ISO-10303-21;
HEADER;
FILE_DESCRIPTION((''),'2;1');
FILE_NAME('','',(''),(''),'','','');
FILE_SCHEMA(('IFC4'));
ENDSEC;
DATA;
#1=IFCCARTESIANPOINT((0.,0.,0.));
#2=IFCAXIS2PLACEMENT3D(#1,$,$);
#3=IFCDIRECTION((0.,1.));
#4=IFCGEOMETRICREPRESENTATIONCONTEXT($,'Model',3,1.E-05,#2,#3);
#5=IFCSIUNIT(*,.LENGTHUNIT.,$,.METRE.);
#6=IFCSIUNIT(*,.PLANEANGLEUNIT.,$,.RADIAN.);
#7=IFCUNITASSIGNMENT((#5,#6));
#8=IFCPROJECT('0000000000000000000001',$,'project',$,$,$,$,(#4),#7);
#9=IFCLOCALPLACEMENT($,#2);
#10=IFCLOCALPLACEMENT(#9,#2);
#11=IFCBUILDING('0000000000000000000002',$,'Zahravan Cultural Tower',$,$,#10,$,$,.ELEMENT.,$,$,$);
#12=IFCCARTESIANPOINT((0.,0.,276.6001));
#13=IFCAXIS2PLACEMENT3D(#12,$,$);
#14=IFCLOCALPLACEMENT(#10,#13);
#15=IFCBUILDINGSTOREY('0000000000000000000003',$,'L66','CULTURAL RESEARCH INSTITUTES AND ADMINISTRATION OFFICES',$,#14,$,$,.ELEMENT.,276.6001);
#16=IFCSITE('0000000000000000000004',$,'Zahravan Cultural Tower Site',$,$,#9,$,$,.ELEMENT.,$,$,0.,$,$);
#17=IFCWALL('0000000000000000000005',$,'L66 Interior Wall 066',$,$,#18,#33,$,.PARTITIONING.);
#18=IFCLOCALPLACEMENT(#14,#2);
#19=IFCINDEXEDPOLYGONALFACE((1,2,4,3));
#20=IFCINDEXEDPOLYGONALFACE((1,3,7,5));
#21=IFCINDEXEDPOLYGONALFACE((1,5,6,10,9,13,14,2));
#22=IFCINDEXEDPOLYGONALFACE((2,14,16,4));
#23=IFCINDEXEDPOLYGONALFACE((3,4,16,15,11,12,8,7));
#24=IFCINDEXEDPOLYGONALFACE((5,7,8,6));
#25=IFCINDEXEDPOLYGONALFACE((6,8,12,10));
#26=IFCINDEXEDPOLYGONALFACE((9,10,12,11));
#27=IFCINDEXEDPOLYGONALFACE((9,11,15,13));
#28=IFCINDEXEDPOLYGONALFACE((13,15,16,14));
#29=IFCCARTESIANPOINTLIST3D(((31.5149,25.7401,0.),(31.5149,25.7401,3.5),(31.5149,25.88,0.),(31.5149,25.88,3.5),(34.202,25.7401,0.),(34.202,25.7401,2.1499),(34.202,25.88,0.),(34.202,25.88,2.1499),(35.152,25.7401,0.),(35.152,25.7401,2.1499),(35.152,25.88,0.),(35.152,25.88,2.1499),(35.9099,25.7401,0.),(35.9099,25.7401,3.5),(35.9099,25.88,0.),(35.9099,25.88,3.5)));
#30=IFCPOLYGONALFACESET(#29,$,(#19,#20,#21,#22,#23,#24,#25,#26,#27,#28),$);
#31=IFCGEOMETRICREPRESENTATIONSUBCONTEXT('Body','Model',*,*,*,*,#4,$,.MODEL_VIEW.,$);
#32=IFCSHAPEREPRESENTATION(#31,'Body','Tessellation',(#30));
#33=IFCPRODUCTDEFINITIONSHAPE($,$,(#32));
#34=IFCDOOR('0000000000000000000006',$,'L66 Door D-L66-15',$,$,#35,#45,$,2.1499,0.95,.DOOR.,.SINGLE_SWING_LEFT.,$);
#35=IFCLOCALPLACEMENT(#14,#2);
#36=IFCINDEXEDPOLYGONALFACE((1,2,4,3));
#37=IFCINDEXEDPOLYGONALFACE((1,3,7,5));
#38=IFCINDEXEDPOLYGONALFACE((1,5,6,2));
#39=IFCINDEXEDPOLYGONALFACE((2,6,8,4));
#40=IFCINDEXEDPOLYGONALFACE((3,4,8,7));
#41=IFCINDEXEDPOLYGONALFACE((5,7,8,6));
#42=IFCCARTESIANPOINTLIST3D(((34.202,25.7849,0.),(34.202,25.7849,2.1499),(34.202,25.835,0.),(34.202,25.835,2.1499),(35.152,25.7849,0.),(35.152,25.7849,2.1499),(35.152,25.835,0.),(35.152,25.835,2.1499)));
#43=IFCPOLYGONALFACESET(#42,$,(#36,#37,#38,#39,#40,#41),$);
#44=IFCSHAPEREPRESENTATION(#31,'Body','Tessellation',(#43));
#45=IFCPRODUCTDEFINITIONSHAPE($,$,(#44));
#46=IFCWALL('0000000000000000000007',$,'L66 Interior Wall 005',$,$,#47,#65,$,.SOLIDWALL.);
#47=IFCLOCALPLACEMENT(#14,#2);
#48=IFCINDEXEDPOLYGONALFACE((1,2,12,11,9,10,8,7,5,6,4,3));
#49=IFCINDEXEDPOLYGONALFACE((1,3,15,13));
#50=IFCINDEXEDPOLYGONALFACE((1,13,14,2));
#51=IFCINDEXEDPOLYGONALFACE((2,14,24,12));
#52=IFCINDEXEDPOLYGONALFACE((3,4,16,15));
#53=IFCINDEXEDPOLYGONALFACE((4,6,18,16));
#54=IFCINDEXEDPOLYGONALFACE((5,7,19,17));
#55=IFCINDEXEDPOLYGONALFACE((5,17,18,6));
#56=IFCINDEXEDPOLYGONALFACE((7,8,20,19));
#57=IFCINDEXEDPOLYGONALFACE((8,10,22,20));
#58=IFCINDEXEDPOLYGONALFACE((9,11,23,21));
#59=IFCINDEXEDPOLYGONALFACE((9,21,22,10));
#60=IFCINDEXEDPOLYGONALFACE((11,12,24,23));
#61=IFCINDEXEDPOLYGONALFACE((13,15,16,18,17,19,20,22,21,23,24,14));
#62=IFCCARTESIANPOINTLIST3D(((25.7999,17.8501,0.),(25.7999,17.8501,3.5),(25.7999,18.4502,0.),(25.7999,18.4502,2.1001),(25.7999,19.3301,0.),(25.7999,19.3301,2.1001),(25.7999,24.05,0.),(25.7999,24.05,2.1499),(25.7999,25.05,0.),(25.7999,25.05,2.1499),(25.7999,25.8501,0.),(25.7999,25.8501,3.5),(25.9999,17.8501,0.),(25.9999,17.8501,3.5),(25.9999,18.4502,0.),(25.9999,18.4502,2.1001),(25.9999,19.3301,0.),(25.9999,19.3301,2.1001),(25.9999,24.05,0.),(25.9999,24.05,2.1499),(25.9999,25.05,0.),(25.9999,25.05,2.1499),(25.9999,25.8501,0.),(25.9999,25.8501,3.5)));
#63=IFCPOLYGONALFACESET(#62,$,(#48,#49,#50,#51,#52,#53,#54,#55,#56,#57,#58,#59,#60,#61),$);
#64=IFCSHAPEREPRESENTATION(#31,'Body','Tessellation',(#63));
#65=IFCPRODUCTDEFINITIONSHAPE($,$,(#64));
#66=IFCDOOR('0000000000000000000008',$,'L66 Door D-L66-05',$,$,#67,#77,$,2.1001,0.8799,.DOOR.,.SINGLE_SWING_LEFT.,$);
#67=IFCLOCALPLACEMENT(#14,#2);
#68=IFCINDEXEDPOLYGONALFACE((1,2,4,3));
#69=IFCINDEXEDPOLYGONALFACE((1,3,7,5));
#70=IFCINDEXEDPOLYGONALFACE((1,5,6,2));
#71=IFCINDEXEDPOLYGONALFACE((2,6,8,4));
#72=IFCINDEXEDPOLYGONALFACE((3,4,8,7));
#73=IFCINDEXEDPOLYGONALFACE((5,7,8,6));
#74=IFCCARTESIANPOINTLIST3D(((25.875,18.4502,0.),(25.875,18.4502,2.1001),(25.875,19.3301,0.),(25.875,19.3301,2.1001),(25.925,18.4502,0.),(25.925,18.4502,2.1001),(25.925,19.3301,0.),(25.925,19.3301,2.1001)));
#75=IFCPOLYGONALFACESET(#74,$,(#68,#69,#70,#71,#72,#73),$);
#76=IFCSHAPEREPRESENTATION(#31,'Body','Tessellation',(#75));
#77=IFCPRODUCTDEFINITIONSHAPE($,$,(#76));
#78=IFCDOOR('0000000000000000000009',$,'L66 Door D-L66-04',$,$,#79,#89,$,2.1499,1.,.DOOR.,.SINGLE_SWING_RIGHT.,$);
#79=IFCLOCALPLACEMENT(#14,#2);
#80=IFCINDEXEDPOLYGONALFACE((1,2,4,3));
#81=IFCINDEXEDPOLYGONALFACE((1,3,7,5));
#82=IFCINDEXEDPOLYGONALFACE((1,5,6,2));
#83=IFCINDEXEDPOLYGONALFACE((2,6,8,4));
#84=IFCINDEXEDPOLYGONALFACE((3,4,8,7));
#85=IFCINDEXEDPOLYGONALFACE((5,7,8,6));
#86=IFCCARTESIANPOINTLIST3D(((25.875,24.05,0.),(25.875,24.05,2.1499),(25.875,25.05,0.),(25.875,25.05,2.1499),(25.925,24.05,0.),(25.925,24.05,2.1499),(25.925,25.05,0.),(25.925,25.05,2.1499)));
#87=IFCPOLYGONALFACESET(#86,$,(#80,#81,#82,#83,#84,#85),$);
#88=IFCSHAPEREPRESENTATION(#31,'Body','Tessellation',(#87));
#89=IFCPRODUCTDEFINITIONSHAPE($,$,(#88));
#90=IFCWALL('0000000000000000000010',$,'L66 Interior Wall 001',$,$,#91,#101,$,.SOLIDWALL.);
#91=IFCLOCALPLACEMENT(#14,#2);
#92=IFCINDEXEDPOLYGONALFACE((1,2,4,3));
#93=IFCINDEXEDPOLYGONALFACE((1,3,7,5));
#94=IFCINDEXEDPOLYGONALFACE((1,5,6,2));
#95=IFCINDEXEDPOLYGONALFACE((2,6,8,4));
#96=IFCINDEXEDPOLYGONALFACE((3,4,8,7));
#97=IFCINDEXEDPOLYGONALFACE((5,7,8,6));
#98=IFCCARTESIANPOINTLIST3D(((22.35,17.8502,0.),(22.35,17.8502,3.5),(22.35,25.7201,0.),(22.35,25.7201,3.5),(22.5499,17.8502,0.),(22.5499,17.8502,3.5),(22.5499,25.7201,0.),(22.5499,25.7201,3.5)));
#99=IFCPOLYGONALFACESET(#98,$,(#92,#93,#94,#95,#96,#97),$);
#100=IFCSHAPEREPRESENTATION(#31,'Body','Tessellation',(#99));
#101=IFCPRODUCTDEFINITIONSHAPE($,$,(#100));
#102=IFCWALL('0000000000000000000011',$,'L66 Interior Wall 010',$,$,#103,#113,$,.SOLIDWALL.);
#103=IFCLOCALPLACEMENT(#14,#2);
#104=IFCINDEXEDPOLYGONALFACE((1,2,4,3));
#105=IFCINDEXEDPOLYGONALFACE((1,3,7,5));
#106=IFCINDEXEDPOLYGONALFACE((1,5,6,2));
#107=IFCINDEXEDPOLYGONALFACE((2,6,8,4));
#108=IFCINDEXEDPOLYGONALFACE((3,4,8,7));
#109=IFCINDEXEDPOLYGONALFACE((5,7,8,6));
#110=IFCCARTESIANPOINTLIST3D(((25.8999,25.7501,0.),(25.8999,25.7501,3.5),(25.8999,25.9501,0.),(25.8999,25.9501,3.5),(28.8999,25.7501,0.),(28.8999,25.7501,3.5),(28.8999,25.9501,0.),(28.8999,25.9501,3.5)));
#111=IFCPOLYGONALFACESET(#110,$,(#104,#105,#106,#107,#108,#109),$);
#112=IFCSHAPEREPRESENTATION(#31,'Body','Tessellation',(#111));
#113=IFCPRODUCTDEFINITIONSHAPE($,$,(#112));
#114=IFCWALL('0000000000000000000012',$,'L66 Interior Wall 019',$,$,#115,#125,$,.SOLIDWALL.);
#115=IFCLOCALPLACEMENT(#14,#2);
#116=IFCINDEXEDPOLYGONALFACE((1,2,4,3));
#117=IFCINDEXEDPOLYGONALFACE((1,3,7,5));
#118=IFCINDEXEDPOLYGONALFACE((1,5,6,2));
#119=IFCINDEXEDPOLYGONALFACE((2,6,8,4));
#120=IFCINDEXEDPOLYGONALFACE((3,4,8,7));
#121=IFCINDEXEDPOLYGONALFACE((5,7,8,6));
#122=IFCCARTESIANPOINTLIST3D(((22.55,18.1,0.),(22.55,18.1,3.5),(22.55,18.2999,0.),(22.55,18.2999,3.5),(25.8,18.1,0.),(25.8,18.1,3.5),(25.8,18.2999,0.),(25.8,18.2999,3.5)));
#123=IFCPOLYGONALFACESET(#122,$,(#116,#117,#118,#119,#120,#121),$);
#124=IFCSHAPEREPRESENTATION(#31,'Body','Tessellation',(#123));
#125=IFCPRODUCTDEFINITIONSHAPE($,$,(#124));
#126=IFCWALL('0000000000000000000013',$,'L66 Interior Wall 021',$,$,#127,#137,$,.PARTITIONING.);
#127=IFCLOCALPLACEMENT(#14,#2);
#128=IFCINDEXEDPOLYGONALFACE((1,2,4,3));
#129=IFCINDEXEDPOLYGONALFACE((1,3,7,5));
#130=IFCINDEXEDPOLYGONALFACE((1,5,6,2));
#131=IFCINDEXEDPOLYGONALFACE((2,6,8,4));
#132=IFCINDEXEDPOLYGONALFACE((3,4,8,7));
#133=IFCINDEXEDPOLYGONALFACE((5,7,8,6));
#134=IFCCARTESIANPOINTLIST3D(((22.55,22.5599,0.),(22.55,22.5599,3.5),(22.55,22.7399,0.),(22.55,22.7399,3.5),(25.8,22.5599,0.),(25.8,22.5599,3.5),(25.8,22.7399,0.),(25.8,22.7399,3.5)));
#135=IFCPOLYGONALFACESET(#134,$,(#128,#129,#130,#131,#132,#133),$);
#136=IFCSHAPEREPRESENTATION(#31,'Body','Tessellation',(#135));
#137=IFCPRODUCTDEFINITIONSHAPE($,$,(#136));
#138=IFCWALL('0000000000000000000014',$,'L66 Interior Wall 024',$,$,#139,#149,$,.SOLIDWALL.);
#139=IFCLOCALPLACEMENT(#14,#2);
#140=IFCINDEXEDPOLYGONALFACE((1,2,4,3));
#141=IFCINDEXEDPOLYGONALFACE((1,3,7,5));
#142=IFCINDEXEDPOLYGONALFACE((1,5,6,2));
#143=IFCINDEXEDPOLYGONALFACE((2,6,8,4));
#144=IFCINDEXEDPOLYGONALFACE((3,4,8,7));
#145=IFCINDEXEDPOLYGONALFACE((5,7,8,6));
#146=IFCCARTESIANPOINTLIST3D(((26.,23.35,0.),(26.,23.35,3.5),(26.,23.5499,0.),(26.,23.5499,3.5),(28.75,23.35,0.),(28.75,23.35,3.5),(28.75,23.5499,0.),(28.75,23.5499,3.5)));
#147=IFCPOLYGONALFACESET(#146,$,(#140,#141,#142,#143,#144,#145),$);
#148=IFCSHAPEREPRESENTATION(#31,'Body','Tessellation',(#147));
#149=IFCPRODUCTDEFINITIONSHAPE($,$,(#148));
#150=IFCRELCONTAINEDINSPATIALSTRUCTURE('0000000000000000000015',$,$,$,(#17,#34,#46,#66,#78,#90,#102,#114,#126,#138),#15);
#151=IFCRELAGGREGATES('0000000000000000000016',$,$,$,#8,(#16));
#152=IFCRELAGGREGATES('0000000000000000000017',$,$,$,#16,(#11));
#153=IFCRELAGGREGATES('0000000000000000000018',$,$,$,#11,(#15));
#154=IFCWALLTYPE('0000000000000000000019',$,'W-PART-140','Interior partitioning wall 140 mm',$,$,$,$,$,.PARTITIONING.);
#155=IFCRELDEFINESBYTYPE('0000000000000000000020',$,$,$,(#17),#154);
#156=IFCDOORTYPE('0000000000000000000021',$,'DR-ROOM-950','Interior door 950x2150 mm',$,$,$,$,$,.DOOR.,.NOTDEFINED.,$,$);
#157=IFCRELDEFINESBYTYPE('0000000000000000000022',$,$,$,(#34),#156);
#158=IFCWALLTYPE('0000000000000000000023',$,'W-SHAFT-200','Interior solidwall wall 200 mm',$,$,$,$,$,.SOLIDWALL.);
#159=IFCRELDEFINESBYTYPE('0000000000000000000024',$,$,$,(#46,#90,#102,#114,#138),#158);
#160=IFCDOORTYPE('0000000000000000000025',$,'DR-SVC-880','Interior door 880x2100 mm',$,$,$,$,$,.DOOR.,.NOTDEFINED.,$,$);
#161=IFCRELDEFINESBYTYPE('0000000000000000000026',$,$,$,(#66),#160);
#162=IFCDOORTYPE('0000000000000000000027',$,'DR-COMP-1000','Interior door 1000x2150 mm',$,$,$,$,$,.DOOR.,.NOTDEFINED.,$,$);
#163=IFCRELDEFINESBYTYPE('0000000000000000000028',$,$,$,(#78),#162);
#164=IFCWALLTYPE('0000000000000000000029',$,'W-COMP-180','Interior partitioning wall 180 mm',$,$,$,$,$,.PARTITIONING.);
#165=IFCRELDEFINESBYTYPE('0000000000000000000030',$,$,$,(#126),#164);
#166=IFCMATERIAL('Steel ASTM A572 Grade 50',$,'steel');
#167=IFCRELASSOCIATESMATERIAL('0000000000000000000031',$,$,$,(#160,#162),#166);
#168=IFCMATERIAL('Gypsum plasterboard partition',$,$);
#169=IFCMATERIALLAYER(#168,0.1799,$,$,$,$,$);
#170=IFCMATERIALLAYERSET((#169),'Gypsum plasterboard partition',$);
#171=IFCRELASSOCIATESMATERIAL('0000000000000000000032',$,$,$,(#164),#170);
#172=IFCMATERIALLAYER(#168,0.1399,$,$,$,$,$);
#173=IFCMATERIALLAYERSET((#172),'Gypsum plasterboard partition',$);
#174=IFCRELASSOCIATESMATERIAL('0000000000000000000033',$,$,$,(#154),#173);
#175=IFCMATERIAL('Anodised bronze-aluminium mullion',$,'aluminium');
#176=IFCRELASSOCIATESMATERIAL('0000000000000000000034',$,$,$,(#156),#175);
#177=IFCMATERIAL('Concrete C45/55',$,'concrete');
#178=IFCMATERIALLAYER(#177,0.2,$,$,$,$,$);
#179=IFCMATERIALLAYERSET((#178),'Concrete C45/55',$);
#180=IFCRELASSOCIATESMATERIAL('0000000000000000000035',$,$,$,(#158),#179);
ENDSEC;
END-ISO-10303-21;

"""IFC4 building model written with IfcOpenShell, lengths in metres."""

from ifc_helpers import new_model, si_unit, direction, frame, frame_2d, origin, place, context, subcontext, project, spatial, rectangle, extrude, source, transform, mapped, material, layer, layer_set, type_object, element, fill, save


model = new_model("IFC4")

# Units and contexts
model_context = context("Model", 3, precision=1e-05, world=origin(), true_north=direction((0.0, 1.0)))
body_context = subcontext(model_context, "Body", "Model", "MODEL_VIEW")
ifc_project = project(units=[si_unit("LENGTHUNIT", "METRE"), si_unit("PLANEANGLEUNIT", "RADIAN")], contexts=[model_context])

# Site, building, storey
site_placement = place(None, origin())
site = spatial("IfcSite", under=ifc_project, at=site_placement, Name="Zahravan Cultural Tower Site", CompositionType="ELEMENT", RefElevation=0.0)
building_placement = place(site_placement, origin())
building = spatial("IfcBuilding", under=site, at=building_placement, Name="Zahravan Cultural Tower", CompositionType="ELEMENT")
storey_placement = place(building_placement, frame((0.0, 0.0, 276.6001)))
storey = spatial("IfcBuildingStorey", under=building, at=storey_placement, Name="L66", Description="CULTURAL RESEARCH INSTITUTES AND ADMINISTRATION OFFICES", CompositionType="ELEMENT", Elevation=276.6001)

# Shared definitions
ifc_material_1 = material(Name="Steel ASTM A572 Grade 50", Category="steel")
door_type_1 = type_object("IfcDoorType", Name="DR-SVC-880", Description="Interior door 880x2100 mm", OperationType="NOTDEFINED", PredefinedType="DOOR", material=ifc_material_1)
shared_shape_1 = source(origin(), body_context, "Body", "SweptSolid", [
    extrude(rectangle(XDim=0.8799, YDim=2.1001, at=frame_2d((0.4399, 1.05))), frame((0.0, 0.0249, 0.0), z_axis=(0.0, -1.0, 0.0), x_axis=(1.0, 0.0, 0.0)), (0.0, 0.0, 1.0), 0.05),
])

# Wall, opening, door
ifc_material_2 = material(Name="Gypsum plasterboard partition")
ifc_layer_1 = layer(ifc_material_2, 0.1799)
ifc_layer_set_1 = layer_set([ifc_layer_1], Name="Gypsum plasterboard partition")
wall_type_1 = type_object("IfcWallType", Name="W-COMP-180", Description="Interior partitioning wall 180 mm", PredefinedType="PARTITIONING", material=ifc_layer_set_1)
ifc_layer_2 = layer(ifc_material_2, 0.1399)
ifc_layer_set_2 = layer_set([ifc_layer_2], Name="Gypsum plasterboard partition")
wall_type_2 = type_object("IfcWallType", Name="W-PART-140", Description="Interior partitioning wall 140 mm", PredefinedType="PARTITIONING", material=ifc_layer_set_2)
wall_1_placement = place(storey_placement, frame((31.5149, 25.8101, 0.0), z_axis=(0.0, 0.0, 1.0), x_axis=(1.0, 0.0, 0.0)))
wall_1 = element("IfcWall", 1, at=wall_1_placement, inside=storey, type_object=wall_type_2, Name="L66 Interior Wall 066", PredefinedType="PARTITIONING", context=body_context, shape_type="SweptSolid", body=[
    extrude(rectangle(XDim=4.395, YDim=0.1399, at=frame_2d((2.1975, 0.0))), origin(), (0.0, 0.0, 1.0), 3.5),
])
opening_1_placement = place(wall_1_placement, frame((2.687, 0.0, 0.0)))
opening_1 = element("IfcOpeningElement", 2, at=opening_1_placement, cuts=wall_1, PredefinedType="OPENING", context=body_context, shape_type="SweptSolid", body=[
    extrude(rectangle(XDim=0.95, YDim=2.1499, at=frame_2d((0.4751, 1.075))), frame((0.0, 0.0798, 0.0), z_axis=(0.0, -1.0, 0.0), x_axis=(1.0, 0.0, 0.0)), (0.0, 0.0, 1.0), 0.1599),
])
ifc_material_3 = material(Name="Anodised bronze-aluminium mullion", Category="aluminium")
door_type_2 = type_object("IfcDoorType", Name="DR-ROOM-950", Description="Interior door 950x2150 mm", OperationType="NOTDEFINED", PredefinedType="DOOR", material=ifc_material_3)
shared_shape_2 = source(origin(), body_context, "Body", "SweptSolid", [
    extrude(rectangle(XDim=0.95, YDim=2.1499, at=frame_2d((0.4751, 1.075))), frame((0.0, 0.0249, 0.0), z_axis=(0.0, -1.0, 0.0), x_axis=(1.0, 0.0, 0.0)), (0.0, 0.0, 1.0), 0.05),
])
door_1_placement = place(opening_1_placement, origin())
door_1 = element("IfcDoor", 3, at=door_1_placement, inside=storey, type_object=door_type_2, Name="L66 Door D-L66-15", OperationType="SINGLE_SWING_LEFT", OverallHeight=2.1499, OverallWidth=0.95, PredefinedType="DOOR", context=body_context, shape_type="MappedRepresentation", body=[
    mapped(shared_shape_2, transform((0.0, 0.0, 0.0), x_axis=(1.0, 0.0, 0.0), y_axis=(0.0, 1.0, 0.0), z_axis=(0.0, 0.0, 1.0), scale=1.0)),
])
fill(opening_1, door_1)

# Wall, openings, doors
ifc_material_4 = material(Name="Concrete C45/55", Category="concrete")
ifc_layer_3 = layer(ifc_material_4, 0.2)
ifc_layer_set_3 = layer_set([ifc_layer_3], Name="Concrete C45/55")
wall_type_3 = type_object("IfcWallType", Name="W-SHAFT-200", Description="Interior solidwall wall 200 mm", PredefinedType="SOLIDWALL", material=ifc_layer_set_3)
wall_2_placement = place(storey_placement, frame((25.8999, 17.8501, 0.0), z_axis=(0.0, 0.0, 1.0), x_axis=(0.0, 1.0, 0.0)))
wall_2 = element("IfcWall", 4, at=wall_2_placement, inside=storey, type_object=wall_type_3, Name="L66 Interior Wall 005", PredefinedType="SOLIDWALL", context=body_context, shape_type="SweptSolid", body=[
    extrude(rectangle(XDim=8.0, YDim=0.2, at=frame_2d((4.0, 0.0))), origin(), (0.0, 0.0, 1.0), 3.5),
])
opening_2_placement = place(wall_2_placement, frame((6.2, 0.0, 0.0)))
opening_2 = element("IfcOpeningElement", 5, at=opening_2_placement, cuts=wall_2, PredefinedType="OPENING", context=body_context, shape_type="SweptSolid", body=[
    extrude(rectangle(XDim=1.0, YDim=2.1499, at=frame_2d((0.5, 1.075))), frame((0.0, 0.1099, 0.0), z_axis=(0.0, -1.0, 0.0), x_axis=(1.0, 0.0, 0.0)), (0.0, 0.0, 1.0), 0.22),
])
opening_3_placement = place(wall_2_placement, frame((0.6001, 0.0, 0.0)))
opening_3 = element("IfcOpeningElement", 6, at=opening_3_placement, cuts=wall_2, PredefinedType="OPENING", context=body_context, shape_type="SweptSolid", body=[
    extrude(rectangle(XDim=0.8799, YDim=2.1001, at=frame_2d((0.4399, 1.05))), frame((0.0, 0.1099, 0.0), z_axis=(0.0, -1.0, 0.0), x_axis=(1.0, 0.0, 0.0)), (0.0, 0.0, 1.0), 0.22),
])
door_2_placement = place(opening_3_placement, origin())
door_2 = element("IfcDoor", 7, at=door_2_placement, inside=storey, type_object=door_type_1, Name="L66 Door D-L66-05", OperationType="SINGLE_SWING_LEFT", OverallHeight=2.1001, OverallWidth=0.8799, PredefinedType="DOOR", context=body_context, shape_type="MappedRepresentation", body=[
    mapped(shared_shape_1, transform((0.0, 0.0, 0.0), x_axis=(1.0, 0.0, 0.0), y_axis=(0.0, 1.0, 0.0), z_axis=(0.0, 0.0, 1.0), scale=1.0)),
])
fill(opening_3, door_2)
door_type_3 = type_object("IfcDoorType", Name="DR-COMP-1000", Description="Interior door 1000x2150 mm", OperationType="NOTDEFINED", PredefinedType="DOOR", material=ifc_material_1)
shared_shape_3 = source(origin(), body_context, "Body", "SweptSolid", [
    extrude(rectangle(XDim=1.0, YDim=2.1499, at=frame_2d((0.5, 1.075))), frame((0.0, 0.0249, 0.0), z_axis=(0.0, -1.0, 0.0), x_axis=(1.0, 0.0, 0.0)), (0.0, 0.0, 1.0), 0.05),
])
door_3_placement = place(opening_2_placement, origin())
door_3 = element("IfcDoor", 8, at=door_3_placement, inside=storey, type_object=door_type_3, Name="L66 Door D-L66-04", OperationType="SINGLE_SWING_RIGHT", OverallHeight=2.1499, OverallWidth=1.0, PredefinedType="DOOR", context=body_context, shape_type="MappedRepresentation", body=[
    mapped(shared_shape_3, transform((0.0, 0.0, 0.0), x_axis=(1.0, 0.0, 0.0), y_axis=(0.0, 1.0, 0.0), z_axis=(0.0, 0.0, 1.0), scale=1.0)),
])
fill(opening_2, door_3)

# Walls
shared_shape_4 = source(origin(), body_context, "Body", "SweptSolid", [
    extrude(rectangle(XDim=7.8699, YDim=0.2, at=frame_2d((3.9351, 0.0))), origin(), (0.0, 0.0, 1.0), 3.5),
])
wall_3_placement = place(storey_placement, frame((22.45, 17.8501, 0.0), z_axis=(0.0, 0.0, 1.0), x_axis=(0.0, 1.0, 0.0)))
element("IfcWall", 9, at=wall_3_placement, inside=storey, type_object=wall_type_3, Name="L66 Interior Wall 001", PredefinedType="SOLIDWALL", context=body_context, shape_type="MappedRepresentation", body=[
    mapped(shared_shape_4, transform((0.0, 0.0, 0.0), x_axis=(1.0, 0.0, 0.0), y_axis=(0.0, 1.0, 0.0), z_axis=(0.0, 0.0, 1.0), scale=1.0)),
])
shared_shape_5 = source(origin(), body_context, "Body", "SweptSolid", [
    extrude(rectangle(XDim=3.0, YDim=0.2, at=frame_2d((1.5, 0.0))), origin(), (0.0, 0.0, 1.0), 3.5),
])
wall_4_placement = place(storey_placement, frame((25.8999, 25.8501, 0.0), z_axis=(0.0, 0.0, 1.0), x_axis=(1.0, 0.0, 0.0)))
element("IfcWall", 10, at=wall_4_placement, inside=storey, type_object=wall_type_3, Name="L66 Interior Wall 010", PredefinedType="SOLIDWALL", context=body_context, shape_type="MappedRepresentation", body=[
    mapped(shared_shape_5, transform((0.0, 0.0, 0.0), x_axis=(1.0, 0.0, 0.0), y_axis=(0.0, 1.0, 0.0), z_axis=(0.0, 0.0, 1.0), scale=1.0)),
])
shared_shape_6 = source(origin(), body_context, "Body", "SweptSolid", [
    extrude(rectangle(XDim=3.25, YDim=0.2, at=frame_2d((1.625, 0.0))), origin(), (0.0, 0.0, 1.0), 3.5),
])
wall_5_placement = place(storey_placement, frame((22.55, 18.2, 0.0), z_axis=(0.0, 0.0, 1.0), x_axis=(1.0, 0.0, 0.0)))
element("IfcWall", 11, at=wall_5_placement, inside=storey, type_object=wall_type_3, Name="L66 Interior Wall 019", PredefinedType="SOLIDWALL", context=body_context, shape_type="MappedRepresentation", body=[
    mapped(shared_shape_6, transform((0.0, 0.0, 0.0), x_axis=(1.0, 0.0, 0.0), y_axis=(0.0, 1.0, 0.0), z_axis=(0.0, 0.0, 1.0), scale=1.0)),
])
shared_shape_7 = source(origin(), body_context, "Body", "SweptSolid", [
    extrude(rectangle(XDim=3.25, YDim=0.1799, at=frame_2d((1.625, 0.0))), origin(), (0.0, 0.0, 1.0), 3.5),
])
wall_6_placement = place(storey_placement, frame((22.55, 22.6499, 0.0), z_axis=(0.0, 0.0, 1.0), x_axis=(1.0, 0.0, 0.0)))
element("IfcWall", 12, at=wall_6_placement, inside=storey, type_object=wall_type_1, Name="L66 Interior Wall 021", PredefinedType="PARTITIONING", context=body_context, shape_type="MappedRepresentation", body=[
    mapped(shared_shape_7, transform((0.0, 0.0, 0.0), x_axis=(1.0, 0.0, 0.0), y_axis=(0.0, 1.0, 0.0), z_axis=(0.0, 0.0, 1.0), scale=1.0)),
])
shared_shape_8 = source(origin(), body_context, "Body", "SweptSolid", [
    extrude(rectangle(XDim=2.75, YDim=0.2, at=frame_2d((1.375, 0.0))), origin(), (0.0, 0.0, 1.0), 3.5),
])
wall_7_placement = place(storey_placement, frame((26.0, 23.45, 0.0), z_axis=(0.0, 0.0, 1.0), x_axis=(1.0, 0.0, 0.0)))
element("IfcWall", 13, at=wall_7_placement, inside=storey, type_object=wall_type_3, Name="L66 Interior Wall 024", PredefinedType="SOLIDWALL", context=body_context, shape_type="MappedRepresentation", body=[
    mapped(shared_shape_8, transform((0.0, 0.0, 0.0), x_axis=(1.0, 0.0, 0.0), y_axis=(0.0, 1.0, 0.0), z_axis=(0.0, 0.0, 1.0), scale=1.0)),
])

save(model, "model.ifc")
